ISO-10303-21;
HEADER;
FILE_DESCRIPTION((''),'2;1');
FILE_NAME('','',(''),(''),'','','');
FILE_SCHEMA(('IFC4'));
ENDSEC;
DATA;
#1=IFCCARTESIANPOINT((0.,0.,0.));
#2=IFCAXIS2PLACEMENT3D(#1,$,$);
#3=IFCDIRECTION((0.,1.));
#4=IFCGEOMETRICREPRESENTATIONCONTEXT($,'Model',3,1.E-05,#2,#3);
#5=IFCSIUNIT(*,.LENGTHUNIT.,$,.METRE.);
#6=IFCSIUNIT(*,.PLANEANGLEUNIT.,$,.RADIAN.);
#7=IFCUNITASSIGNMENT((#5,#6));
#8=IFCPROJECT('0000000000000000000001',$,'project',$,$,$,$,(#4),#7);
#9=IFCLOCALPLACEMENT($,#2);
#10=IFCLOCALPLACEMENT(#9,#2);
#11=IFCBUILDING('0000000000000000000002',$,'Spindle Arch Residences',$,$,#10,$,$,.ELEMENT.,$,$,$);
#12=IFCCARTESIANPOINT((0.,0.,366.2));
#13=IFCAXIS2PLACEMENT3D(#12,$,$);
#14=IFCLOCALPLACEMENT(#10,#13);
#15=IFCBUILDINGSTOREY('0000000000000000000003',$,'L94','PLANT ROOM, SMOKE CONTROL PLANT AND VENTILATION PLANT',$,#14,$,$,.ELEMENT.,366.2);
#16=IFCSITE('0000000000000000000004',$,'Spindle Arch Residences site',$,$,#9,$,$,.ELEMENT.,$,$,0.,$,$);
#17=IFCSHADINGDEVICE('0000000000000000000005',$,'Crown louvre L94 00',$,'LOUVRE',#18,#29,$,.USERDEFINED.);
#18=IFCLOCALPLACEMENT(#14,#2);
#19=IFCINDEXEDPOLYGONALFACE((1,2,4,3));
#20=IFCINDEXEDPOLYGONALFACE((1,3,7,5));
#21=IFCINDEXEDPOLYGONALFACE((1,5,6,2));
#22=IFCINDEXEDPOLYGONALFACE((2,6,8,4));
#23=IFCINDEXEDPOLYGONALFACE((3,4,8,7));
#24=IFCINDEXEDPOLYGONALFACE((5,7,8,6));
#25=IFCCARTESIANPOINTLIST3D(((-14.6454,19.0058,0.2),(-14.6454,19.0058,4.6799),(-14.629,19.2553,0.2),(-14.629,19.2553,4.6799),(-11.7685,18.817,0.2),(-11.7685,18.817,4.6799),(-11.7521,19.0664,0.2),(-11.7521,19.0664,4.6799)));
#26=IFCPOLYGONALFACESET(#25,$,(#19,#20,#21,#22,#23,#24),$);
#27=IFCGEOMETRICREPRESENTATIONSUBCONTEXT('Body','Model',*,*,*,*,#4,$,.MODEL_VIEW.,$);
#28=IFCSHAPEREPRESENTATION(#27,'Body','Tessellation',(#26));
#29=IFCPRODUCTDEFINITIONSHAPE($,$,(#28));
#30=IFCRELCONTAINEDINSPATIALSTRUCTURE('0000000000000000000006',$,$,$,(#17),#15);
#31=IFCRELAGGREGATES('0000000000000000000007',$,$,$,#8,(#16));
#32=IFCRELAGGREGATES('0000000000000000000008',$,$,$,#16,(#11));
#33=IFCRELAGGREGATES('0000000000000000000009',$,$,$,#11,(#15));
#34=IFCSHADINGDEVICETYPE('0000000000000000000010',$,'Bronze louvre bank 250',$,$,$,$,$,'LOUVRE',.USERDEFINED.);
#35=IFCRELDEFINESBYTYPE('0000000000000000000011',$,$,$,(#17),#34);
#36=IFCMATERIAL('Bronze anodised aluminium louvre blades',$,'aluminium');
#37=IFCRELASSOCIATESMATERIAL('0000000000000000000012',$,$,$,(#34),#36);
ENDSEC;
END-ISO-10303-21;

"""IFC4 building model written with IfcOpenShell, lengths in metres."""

from ifc_helpers import new_model, si_unit, direction, frame, origin, origin_2d, place, context, subcontext, project, spatial, rectangle, extrude, material, type_object, element, save


model = new_model("IFC4")

# Units and contexts
model_context = context("Model", 3, precision=1e-05, world=origin(), true_north=direction((0.0, 1.0)))
body_context = subcontext(model_context, "Body", "Model", "MODEL_VIEW")
ifc_project = project(units=[si_unit("LENGTHUNIT", "METRE"), si_unit("PLANEANGLEUNIT", "RADIAN")], contexts=[model_context])

# Site, building, storey
site_placement = place(None, origin())
site = spatial("IfcSite", under=ifc_project, at=site_placement, Name="Spindle Arch Residences site", CompositionType="ELEMENT", RefElevation=0.0)
building_placement = place(site_placement, origin())
building = spatial("IfcBuilding", under=site, at=building_placement, Name="Spindle Arch Residences", CompositionType="ELEMENT")
storey_placement = place(building_placement, frame((0.0, 0.0, 366.2)))
storey = spatial("IfcBuildingStorey", under=building, at=storey_placement, Name="L94", Description="PLANT ROOM, SMOKE CONTROL PLANT AND VENTILATION PLANT", CompositionType="ELEMENT", Elevation=366.2)

# Shading device
ifc_material_1 = material(Name="Bronze anodised aluminium louvre blades", Category="aluminium")
shading_device_type = type_object("IfcShadingDeviceType", Name="Bronze louvre bank 250", ElementType="LOUVRE", PredefinedType="USERDEFINED", material=ifc_material_1)
shading_device_placement = place(storey_placement, frame((-13.1987, 19.0361, 0.2), z_axis=(0.0, 0.0, 1.0), x_axis=(-0.997852, 0.06551, 0.0)))
element("IfcShadingDevice", 1, at=shading_device_placement, inside=storey, type_object=shading_device_type, Name="Crown louvre L94 00", ObjectType="LOUVRE", PredefinedType="USERDEFINED", context=body_context, shape_type="SweptSolid", body=[
    extrude(rectangle(XDim=2.8831, YDim=0.25, at=origin_2d()), origin(), (0.0, 0.0, 1.0), 4.48),
])

save(model, "model.ifc")
